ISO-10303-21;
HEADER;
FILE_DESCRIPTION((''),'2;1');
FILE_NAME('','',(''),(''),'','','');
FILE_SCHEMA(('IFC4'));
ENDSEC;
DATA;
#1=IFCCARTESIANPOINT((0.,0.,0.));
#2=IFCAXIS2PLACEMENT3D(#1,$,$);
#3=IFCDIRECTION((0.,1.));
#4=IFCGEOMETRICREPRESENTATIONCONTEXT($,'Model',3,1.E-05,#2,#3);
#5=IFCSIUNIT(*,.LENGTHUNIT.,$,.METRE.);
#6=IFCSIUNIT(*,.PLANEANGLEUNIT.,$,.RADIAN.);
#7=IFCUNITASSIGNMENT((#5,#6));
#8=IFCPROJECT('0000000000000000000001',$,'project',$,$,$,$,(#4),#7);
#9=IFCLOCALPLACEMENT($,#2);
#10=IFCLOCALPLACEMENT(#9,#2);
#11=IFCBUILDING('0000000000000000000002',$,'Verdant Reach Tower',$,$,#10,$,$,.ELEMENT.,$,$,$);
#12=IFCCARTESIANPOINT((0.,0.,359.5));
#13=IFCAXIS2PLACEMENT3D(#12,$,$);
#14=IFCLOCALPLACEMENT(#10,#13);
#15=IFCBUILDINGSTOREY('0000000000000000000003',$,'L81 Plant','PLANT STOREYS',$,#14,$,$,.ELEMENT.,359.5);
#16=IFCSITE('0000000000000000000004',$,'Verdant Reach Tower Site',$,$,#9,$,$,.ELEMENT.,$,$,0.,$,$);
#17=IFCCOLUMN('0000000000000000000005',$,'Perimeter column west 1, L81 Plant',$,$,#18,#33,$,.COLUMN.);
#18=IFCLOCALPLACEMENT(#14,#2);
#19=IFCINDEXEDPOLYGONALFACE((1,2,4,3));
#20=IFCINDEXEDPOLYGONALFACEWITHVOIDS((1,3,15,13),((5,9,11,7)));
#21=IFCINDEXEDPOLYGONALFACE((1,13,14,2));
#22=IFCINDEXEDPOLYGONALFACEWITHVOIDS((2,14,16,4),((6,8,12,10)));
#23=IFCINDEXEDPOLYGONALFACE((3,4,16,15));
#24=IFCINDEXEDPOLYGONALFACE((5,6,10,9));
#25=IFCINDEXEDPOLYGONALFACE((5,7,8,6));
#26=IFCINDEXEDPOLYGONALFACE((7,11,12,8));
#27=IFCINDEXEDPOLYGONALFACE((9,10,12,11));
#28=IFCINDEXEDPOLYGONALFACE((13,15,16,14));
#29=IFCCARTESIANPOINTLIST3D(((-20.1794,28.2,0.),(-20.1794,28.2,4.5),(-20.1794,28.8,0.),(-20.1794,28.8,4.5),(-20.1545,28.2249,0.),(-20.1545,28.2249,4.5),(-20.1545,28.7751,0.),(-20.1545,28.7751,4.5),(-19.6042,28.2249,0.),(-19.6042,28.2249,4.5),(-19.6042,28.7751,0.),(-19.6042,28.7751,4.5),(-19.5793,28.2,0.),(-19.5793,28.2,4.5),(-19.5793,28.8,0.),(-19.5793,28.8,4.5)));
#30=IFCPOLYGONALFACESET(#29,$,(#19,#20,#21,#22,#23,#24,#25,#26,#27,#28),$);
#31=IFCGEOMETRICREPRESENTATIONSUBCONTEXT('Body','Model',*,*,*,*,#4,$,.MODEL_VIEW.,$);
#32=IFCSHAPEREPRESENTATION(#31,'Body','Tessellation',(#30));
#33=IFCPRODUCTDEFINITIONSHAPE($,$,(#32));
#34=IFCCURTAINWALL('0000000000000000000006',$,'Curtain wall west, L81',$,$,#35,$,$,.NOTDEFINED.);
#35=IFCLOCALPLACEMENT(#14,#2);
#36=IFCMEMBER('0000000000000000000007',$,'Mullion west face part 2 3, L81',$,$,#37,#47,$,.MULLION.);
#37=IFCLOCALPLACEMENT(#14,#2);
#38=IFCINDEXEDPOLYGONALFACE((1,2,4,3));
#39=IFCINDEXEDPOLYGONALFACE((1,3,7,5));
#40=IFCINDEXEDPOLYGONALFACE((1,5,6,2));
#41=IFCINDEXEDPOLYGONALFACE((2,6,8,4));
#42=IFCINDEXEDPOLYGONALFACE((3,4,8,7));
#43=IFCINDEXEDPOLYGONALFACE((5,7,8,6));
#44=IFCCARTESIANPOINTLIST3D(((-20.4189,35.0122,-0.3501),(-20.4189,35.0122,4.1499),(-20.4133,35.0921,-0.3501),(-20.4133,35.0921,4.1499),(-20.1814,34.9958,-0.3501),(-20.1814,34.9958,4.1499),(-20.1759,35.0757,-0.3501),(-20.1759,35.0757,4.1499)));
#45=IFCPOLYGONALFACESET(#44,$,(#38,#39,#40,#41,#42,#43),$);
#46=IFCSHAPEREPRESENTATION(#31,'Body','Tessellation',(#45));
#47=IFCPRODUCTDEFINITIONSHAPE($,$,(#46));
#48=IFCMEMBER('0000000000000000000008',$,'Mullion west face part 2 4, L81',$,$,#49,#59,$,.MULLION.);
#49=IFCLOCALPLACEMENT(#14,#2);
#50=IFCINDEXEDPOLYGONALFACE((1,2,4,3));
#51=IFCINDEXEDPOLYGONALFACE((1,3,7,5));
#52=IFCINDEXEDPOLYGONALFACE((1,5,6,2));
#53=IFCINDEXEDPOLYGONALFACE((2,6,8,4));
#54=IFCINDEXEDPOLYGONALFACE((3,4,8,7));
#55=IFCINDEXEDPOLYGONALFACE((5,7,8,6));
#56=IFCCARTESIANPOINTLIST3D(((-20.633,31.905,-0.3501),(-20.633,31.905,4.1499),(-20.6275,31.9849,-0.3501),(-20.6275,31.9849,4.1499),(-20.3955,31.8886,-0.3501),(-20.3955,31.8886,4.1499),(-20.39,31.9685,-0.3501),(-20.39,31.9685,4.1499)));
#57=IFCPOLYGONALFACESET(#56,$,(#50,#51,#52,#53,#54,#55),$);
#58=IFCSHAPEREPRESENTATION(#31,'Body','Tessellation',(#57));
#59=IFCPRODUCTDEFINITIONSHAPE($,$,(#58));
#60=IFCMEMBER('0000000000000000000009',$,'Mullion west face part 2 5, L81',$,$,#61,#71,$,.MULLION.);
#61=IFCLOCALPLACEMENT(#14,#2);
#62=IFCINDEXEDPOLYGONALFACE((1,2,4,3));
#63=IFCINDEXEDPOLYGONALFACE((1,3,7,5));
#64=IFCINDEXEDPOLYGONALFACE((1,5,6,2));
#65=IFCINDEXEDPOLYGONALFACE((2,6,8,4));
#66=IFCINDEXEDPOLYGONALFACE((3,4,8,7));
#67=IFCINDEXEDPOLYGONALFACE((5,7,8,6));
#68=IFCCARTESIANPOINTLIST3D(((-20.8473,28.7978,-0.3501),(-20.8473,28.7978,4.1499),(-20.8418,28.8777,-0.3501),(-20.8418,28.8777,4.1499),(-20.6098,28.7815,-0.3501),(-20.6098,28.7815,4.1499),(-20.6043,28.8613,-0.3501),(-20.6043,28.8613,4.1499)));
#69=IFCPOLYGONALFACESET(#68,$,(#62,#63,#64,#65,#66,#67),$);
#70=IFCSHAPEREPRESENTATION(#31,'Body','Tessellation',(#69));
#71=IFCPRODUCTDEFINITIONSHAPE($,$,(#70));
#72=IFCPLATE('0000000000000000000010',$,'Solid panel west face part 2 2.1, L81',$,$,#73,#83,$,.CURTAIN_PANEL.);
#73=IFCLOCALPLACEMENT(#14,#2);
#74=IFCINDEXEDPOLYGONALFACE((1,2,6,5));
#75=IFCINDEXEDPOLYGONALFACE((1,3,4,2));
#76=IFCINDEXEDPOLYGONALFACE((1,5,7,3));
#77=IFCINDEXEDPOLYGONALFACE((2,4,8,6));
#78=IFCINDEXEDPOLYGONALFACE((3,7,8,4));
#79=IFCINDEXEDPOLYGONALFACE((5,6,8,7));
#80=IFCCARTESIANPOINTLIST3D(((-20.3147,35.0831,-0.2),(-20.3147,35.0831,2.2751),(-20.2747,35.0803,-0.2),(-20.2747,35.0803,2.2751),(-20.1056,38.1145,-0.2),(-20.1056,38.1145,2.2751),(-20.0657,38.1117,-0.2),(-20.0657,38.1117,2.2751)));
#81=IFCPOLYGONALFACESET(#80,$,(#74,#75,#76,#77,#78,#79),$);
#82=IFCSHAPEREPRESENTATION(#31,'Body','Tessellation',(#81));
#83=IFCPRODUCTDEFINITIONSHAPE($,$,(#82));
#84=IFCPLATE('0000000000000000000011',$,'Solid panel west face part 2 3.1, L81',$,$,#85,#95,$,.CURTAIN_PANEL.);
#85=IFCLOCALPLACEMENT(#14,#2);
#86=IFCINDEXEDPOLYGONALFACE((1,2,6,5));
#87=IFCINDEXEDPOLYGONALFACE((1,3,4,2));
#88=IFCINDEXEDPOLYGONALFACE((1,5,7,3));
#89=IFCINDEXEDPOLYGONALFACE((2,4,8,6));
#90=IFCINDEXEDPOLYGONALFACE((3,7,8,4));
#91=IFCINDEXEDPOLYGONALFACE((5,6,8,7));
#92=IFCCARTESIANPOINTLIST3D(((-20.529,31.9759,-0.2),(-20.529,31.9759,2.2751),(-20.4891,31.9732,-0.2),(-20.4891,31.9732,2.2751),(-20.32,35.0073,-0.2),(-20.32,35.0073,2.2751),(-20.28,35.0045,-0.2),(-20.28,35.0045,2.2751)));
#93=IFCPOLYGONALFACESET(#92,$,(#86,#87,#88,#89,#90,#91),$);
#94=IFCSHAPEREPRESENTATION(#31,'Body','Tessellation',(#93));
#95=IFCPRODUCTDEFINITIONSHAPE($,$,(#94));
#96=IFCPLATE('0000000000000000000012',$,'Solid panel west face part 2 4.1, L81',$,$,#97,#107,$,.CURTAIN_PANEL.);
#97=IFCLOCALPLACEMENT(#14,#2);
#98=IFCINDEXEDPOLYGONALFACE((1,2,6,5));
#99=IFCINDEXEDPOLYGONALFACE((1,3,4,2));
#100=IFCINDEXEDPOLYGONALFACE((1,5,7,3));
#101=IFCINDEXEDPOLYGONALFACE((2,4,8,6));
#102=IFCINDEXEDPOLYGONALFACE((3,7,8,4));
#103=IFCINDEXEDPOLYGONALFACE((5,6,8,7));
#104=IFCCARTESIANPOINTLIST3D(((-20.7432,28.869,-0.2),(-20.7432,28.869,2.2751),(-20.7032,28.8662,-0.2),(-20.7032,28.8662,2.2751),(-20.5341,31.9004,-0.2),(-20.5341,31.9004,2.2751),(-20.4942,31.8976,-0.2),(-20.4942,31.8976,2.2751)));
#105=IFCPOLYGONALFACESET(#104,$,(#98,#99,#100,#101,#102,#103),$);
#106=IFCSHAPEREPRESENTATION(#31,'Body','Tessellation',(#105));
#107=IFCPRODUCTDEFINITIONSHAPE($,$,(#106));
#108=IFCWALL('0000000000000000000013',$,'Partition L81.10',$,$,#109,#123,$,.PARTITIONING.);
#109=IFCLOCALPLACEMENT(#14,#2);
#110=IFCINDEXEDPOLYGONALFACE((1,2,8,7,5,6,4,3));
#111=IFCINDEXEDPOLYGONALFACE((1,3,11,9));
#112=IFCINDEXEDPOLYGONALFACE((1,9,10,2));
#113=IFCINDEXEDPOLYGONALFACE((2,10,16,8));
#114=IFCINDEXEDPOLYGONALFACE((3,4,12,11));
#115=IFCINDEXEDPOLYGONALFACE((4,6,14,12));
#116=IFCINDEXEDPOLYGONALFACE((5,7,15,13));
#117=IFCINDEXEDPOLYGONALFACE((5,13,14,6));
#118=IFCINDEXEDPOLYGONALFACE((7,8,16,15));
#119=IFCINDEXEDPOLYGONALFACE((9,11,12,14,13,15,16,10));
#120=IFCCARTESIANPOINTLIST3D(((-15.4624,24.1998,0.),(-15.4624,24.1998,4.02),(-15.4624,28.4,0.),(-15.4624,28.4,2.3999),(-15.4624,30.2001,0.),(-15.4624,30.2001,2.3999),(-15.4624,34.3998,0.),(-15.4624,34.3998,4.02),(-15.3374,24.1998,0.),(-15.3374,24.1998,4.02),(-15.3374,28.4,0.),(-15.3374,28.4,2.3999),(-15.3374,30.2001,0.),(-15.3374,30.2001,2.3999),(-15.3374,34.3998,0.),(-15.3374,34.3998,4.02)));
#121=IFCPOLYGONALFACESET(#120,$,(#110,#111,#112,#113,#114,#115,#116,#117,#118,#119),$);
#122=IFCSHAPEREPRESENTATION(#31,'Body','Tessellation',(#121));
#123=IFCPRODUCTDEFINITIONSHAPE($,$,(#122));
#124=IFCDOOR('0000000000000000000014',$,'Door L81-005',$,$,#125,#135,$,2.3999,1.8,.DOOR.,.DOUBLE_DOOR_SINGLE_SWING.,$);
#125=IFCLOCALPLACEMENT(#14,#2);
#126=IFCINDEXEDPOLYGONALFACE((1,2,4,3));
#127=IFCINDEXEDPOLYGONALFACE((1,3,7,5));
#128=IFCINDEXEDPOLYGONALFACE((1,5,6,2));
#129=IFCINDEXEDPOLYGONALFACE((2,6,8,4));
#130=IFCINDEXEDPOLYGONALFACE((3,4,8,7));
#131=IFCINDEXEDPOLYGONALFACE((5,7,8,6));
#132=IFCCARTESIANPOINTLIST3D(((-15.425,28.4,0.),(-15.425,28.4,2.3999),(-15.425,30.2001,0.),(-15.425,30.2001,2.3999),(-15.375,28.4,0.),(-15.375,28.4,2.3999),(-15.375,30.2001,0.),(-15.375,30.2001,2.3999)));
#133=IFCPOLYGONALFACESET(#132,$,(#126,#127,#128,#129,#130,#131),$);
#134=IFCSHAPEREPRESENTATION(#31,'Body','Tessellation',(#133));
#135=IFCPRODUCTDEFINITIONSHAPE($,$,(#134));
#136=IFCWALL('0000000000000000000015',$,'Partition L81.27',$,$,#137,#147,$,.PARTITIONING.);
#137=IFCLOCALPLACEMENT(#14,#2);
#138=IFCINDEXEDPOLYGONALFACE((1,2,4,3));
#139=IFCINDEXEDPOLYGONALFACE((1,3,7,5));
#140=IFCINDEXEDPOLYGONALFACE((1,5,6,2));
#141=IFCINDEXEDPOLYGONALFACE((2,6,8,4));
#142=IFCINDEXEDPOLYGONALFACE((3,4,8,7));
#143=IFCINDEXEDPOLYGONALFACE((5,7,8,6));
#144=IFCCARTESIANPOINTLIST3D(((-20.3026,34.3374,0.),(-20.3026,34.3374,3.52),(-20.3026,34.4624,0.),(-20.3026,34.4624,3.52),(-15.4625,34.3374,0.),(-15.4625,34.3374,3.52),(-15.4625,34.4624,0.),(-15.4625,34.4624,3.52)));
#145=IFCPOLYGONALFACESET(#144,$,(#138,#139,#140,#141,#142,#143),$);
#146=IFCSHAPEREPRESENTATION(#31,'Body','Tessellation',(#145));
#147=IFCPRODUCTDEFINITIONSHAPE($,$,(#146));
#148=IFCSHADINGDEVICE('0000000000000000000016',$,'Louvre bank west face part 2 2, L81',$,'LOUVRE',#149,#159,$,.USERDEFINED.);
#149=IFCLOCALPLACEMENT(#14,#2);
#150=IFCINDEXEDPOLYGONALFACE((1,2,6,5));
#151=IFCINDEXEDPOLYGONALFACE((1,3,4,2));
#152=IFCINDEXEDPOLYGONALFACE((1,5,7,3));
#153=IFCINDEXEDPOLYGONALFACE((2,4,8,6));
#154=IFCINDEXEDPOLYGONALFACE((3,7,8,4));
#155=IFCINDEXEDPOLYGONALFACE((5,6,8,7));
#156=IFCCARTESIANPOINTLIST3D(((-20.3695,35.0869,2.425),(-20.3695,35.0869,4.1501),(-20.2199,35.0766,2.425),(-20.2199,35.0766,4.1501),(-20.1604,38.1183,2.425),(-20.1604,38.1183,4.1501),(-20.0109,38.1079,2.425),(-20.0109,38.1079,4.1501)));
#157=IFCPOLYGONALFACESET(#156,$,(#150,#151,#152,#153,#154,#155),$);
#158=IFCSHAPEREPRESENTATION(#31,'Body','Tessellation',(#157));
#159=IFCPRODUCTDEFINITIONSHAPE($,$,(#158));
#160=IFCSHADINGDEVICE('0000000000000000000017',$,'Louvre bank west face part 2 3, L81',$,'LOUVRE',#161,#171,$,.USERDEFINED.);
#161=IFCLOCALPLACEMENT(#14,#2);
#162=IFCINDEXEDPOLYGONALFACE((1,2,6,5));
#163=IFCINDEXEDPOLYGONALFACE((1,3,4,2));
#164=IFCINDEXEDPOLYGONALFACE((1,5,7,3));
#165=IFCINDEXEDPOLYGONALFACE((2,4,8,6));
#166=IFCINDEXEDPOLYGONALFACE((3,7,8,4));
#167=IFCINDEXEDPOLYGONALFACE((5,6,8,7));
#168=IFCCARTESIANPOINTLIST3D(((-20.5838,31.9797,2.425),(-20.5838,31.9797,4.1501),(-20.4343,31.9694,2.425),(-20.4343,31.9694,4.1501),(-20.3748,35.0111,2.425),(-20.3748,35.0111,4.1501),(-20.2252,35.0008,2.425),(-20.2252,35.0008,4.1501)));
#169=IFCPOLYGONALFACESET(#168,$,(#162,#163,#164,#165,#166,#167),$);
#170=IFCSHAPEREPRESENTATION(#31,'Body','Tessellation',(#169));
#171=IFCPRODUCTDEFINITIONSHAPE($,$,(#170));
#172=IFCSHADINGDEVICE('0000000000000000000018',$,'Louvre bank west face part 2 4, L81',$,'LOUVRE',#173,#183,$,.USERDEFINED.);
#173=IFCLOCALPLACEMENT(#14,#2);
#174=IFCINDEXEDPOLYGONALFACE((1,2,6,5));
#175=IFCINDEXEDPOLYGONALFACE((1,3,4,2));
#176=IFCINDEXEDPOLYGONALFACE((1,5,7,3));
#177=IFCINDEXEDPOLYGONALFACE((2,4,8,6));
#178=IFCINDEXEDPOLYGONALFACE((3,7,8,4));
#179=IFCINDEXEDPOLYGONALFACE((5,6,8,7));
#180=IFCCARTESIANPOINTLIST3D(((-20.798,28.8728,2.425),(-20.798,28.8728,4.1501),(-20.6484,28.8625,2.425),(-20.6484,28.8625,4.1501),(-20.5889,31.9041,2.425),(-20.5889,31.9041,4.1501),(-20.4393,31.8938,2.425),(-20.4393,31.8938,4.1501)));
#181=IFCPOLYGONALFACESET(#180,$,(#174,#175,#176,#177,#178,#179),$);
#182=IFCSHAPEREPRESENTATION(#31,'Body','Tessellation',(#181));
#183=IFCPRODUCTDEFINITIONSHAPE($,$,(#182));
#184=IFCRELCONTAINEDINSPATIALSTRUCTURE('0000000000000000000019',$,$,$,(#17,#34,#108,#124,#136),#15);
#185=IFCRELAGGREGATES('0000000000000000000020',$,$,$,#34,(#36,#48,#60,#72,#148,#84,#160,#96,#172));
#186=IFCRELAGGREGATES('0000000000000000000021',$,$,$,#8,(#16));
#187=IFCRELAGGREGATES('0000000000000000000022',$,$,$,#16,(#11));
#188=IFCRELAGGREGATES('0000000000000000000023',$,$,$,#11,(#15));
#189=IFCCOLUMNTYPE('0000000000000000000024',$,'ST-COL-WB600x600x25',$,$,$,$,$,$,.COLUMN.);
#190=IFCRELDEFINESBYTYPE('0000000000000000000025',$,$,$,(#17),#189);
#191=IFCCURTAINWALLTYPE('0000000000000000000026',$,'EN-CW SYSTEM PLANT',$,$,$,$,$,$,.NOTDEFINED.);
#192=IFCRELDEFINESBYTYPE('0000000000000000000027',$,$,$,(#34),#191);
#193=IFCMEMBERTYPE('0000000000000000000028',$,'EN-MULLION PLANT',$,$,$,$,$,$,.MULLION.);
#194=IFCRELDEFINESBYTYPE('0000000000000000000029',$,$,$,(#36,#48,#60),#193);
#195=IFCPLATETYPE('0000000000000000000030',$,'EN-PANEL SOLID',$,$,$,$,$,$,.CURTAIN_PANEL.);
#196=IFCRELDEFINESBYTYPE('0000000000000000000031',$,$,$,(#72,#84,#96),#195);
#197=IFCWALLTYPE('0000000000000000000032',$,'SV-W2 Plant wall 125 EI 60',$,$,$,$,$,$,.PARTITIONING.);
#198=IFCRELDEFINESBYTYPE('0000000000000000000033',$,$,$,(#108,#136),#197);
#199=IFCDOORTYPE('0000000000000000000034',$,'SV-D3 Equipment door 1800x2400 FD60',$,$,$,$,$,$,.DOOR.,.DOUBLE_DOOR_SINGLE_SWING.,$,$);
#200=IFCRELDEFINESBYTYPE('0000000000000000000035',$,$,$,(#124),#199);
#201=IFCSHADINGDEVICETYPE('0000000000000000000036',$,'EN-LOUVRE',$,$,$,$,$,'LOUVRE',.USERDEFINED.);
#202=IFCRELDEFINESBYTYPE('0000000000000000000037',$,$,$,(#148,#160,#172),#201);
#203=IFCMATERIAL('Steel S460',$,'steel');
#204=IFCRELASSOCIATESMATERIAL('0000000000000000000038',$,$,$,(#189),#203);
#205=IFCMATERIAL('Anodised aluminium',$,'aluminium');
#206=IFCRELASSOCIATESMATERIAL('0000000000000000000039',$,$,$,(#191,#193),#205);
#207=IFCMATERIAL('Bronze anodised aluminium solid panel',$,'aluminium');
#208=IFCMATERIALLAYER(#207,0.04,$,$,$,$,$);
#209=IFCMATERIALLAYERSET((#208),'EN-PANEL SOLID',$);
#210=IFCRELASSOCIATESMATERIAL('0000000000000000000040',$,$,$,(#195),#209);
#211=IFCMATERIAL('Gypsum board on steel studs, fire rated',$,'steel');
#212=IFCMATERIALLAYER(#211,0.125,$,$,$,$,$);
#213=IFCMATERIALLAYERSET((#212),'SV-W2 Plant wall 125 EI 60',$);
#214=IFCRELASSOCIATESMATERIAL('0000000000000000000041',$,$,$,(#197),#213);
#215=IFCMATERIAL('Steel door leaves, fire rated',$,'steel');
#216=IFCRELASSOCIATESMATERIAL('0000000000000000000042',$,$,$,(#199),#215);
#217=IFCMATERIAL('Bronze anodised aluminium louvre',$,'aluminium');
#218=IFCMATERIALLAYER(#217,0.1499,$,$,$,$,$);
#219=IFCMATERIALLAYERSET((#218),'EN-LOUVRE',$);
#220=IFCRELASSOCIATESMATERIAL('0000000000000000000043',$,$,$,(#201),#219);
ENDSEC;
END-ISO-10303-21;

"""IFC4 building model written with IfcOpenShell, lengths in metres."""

from ifc_helpers import new_model, si_unit, direction, frame, frame_2d, origin, origin_2d, place, context, subcontext, project, spatial, rectangle, hollow_rectangle, extrude, material, layer, layer_set, material_profile, profile_set, type_object, element, fill, aggregate, save


model = new_model("IFC4")

# Units and contexts
model_context = context("Model", 3, precision=1e-05, world=origin(), true_north=direction((0.0, 1.0)))
body_context = subcontext(model_context, "Body", "Model", "MODEL_VIEW")
ifc_project = project(units=[si_unit("LENGTHUNIT", "METRE"), si_unit("PLANEANGLEUNIT", "RADIAN")], contexts=[model_context])

# Site, building, storey
site_placement = place(None, origin())
site = spatial("IfcSite", under=ifc_project, at=site_placement, Name="Verdant Reach Tower Site", CompositionType="ELEMENT", RefElevation=0.0)
building_placement = place(site_placement, origin())
building = spatial("IfcBuilding", under=site, at=building_placement, Name="Verdant Reach Tower", CompositionType="ELEMENT")
storey_placement = place(building_placement, frame((0.0, 0.0, 359.5)))
storey = spatial("IfcBuildingStorey", under=building, at=storey_placement, Name="L81 Plant", Description="PLANT STOREYS", CompositionType="ELEMENT", Elevation=359.5)

# Column
ifc_material_1 = material(Name="Steel S460", Category="steel")
ifc_material_profile_1 = material_profile(ifc_material_1, hollow_rectangle(XDim=0.6001, YDim=0.6001, WallThickness=0.0249, at=origin_2d()), Name="WB 600x600x25")
ifc_profile_set_1 = profile_set([ifc_material_profile_1], Name="Steel S460")
column_type = type_object("IfcColumnType", Name="ST-COL-WB600x600x25", PredefinedType="COLUMN", material=ifc_profile_set_1)
column_placement = place(storey_placement, frame((-19.8794, 28.5, 0.0), z_axis=(0.0, 0.0, 1.0), x_axis=(1.0, 0.0, 0.0)))
element("IfcColumn", 1, at=column_placement, inside=storey, type_object=column_type, Name="Perimeter column west 1, L81 Plant", PredefinedType="COLUMN", context=body_context, shape_type="SweptSolid", body=[
    extrude(hollow_rectangle(XDim=0.6001, YDim=0.6001, WallThickness=0.0249, at=origin_2d()), origin(), (0.0, 0.0, 1.0), 4.5),
])

# Curtain wall, members, plates
ifc_material_2 = material(Name="Anodised aluminium", Category="aluminium")
curtain_wall_type = type_object("IfcCurtainWallType", Name="EN-CW SYSTEM PLANT", PredefinedType="NOTDEFINED", material=ifc_material_2)
curtain_wall_placement = place(storey_placement, origin())
curtain_wall = element("IfcCurtainWall", 2, at=curtain_wall_placement, inside=storey, type_object=curtain_wall_type, Name="Curtain wall west, L81", PredefinedType="NOTDEFINED")
ifc_material_profile_2 = material_profile(ifc_material_2, rectangle(XDim=0.238, YDim=0.0801, at=origin_2d()), Name="Mullion 80x240")
ifc_profile_set_2 = profile_set([ifc_material_profile_2], Name="Anodised aluminium")
member_type = type_object("IfcMemberType", Name="EN-MULLION PLANT", PredefinedType="MULLION", material=ifc_profile_set_2)
member_1_placement = place(storey_placement, frame((-20.2974, 35.0439, -0.3501), z_axis=(0.0, 0.0, 1.0), x_axis=(-0.99763, 0.068802, 0.0)))
member_1 = element("IfcMember", 3, at=member_1_placement, type_object=member_type, Name="Mullion west face part 2 3, L81", PredefinedType="MULLION", context=body_context, shape_type="SweptSolid", body=[
    extrude(rectangle(XDim=0.238, YDim=0.0801, at=origin_2d()), origin(), (0.0, 0.0, 1.0), 4.5),
])
member_2_placement = place(storey_placement, frame((-20.5115, 31.9368, -0.3501), z_axis=(0.0, 0.0, 1.0), x_axis=(-0.99763, 0.068802, 0.0)))
member_2 = element("IfcMember", 4, at=member_2_placement, type_object=member_type, Name="Mullion west face part 2 4, L81", PredefinedType="MULLION", context=body_context, shape_type="SweptSolid", body=[
    extrude(rectangle(XDim=0.238, YDim=0.0801, at=origin_2d()), origin(), (0.0, 0.0, 1.0), 4.5),
])
member_3_placement = place(storey_placement, frame((-20.7258, 28.8296, -0.3501), z_axis=(0.0, 0.0, 1.0), x_axis=(-0.99763, 0.068802, 0.0)))
member_3 = element("IfcMember", 5, at=member_3_placement, type_object=member_type, Name="Mullion west face part 2 5, L81", PredefinedType="MULLION", context=body_context, shape_type="SweptSolid", body=[
    extrude(rectangle(XDim=0.238, YDim=0.0801, at=origin_2d()), origin(), (0.0, 0.0, 1.0), 4.5),
])
ifc_material_3 = material(Name="Bronze anodised aluminium solid panel", Category="aluminium")
ifc_layer_1 = layer(ifc_material_3, 0.04)
ifc_layer_set_1 = layer_set([ifc_layer_1], Name="EN-PANEL SOLID")
plate_type = type_object("IfcPlateType", Name="EN-PANEL SOLID", PredefinedType="CURTAIN_PANEL", material=ifc_layer_set_1)
plate_1_placement = place(storey_placement, frame((-20.1902, 36.5974, -0.2), z_axis=(0.0, 0.0, 1.0), x_axis=(-0.068802, -0.99763, 0.0)))
plate_1 = element("IfcPlate", 6, at=plate_1_placement, type_object=plate_type, Name="Solid panel west face part 2 2.1, L81", PredefinedType="CURTAIN_PANEL", context=body_context, shape_type="SweptSolid", body=[
    extrude(rectangle(XDim=3.0386, YDim=0.04, at=origin_2d()), origin(), (0.0, 0.0, 1.0), 2.4751),
])
plate_2_placement = place(storey_placement, frame((-20.4045, 33.4902, -0.2), z_axis=(0.0, 0.0, 1.0), x_axis=(-0.068802, -0.99763, 0.0)))
plate_2 = element("IfcPlate", 7, at=plate_2_placement, type_object=plate_type, Name="Solid panel west face part 2 3.1, L81", PredefinedType="CURTAIN_PANEL", context=body_context, shape_type="SweptSolid", body=[
    extrude(rectangle(XDim=3.0386, YDim=0.04, at=origin_2d()), origin(), (0.0, 0.0, 1.0), 2.4751),
])
plate_3_placement = place(storey_placement, frame((-20.6187, 30.3833, -0.2), z_axis=(0.0, 0.0, 1.0), x_axis=(-0.068802, -0.99763, 0.0)))
plate_3 = element("IfcPlate", 8, at=plate_3_placement, type_object=plate_type, Name="Solid panel west face part 2 4.1, L81", PredefinedType="CURTAIN_PANEL", context=body_context, shape_type="SweptSolid", body=[
    extrude(rectangle(XDim=3.0386, YDim=0.04, at=origin_2d()), origin(), (0.0, 0.0, 1.0), 2.4751),
])

# Wall, opening, door
ifc_material_4 = material(Name="Gypsum board on steel studs, fire rated", Category="steel")
ifc_layer_2 = layer(ifc_material_4, 0.125)
ifc_layer_set_2 = layer_set([ifc_layer_2], Name="SV-W2 Plant wall 125 EI 60")
wall_type = type_object("IfcWallType", Name="SV-W2 Plant wall 125 EI 60", PredefinedType="PARTITIONING", material=ifc_layer_set_2)
wall_1_placement = place(storey_placement, frame((-15.3999, 34.3999, 0.0), z_axis=(0.0, 0.0, 1.0), x_axis=(0.0, -1.0, 0.0)))
wall_1 = element("IfcWall", 9, at=wall_1_placement, inside=storey, type_object=wall_type, Name="Partition L81.10", PredefinedType="PARTITIONING", context=body_context, shape_type="SweptSolid", body=[
    extrude(rectangle(XDim=10.2, YDim=0.125, at=frame_2d((5.1001, 0.0))), origin(), (0.0, 0.0, 1.0), 4.02),
])
opening_placement = place(wall_1_placement, frame((4.2, 0.0, 0.0)))
opening = element("IfcOpeningElement", 10, at=opening_placement, cuts=wall_1, PredefinedType="OPENING", context=body_context, shape_type="SweptSolid", body=[
    extrude(rectangle(XDim=1.8, YDim=2.3999, at=frame_2d((0.8999, 1.2))), frame((0.0, 0.0725, 0.0), z_axis=(0.0, -1.0, 0.0), x_axis=(1.0, 0.0, 0.0)), (0.0, 0.0, 1.0), 0.145),
])
ifc_material_5 = material(Name="Steel door leaves, fire rated", Category="steel")
door_type = type_object("IfcDoorType", Name="SV-D3 Equipment door 1800x2400 FD60", OperationType="DOUBLE_DOOR_SINGLE_SWING", PredefinedType="DOOR", material=ifc_material_5)
door_placement = place(opening_placement, origin())
door = element("IfcDoor", 11, at=door_placement, inside=storey, type_object=door_type, Name="Door L81-005", OperationType="DOUBLE_DOOR_SINGLE_SWING", OverallHeight=2.3999, OverallWidth=1.8, PredefinedType="DOOR", context=body_context, shape_type="SweptSolid", body=[
    extrude(rectangle(XDim=1.8, YDim=2.3999, at=frame_2d((0.8999, 1.2))), frame((0.0, 0.0249, 0.0), z_axis=(0.0, -1.0, 0.0), x_axis=(1.0, 0.0, 0.0)), (0.0, 0.0, 1.0), 0.05),
])
fill(opening, door)

# Wall
wall_2_placement = place(storey_placement, frame((-20.3025, 34.3999, 0.0), z_axis=(0.0, 0.0, 1.0), x_axis=(1.0, 0.0, 0.0)))
element("IfcWall", 12, at=wall_2_placement, inside=storey, type_object=wall_type, Name="Partition L81.27", PredefinedType="PARTITIONING", context=body_context, shape_type="SweptSolid", body=[
    extrude(rectangle(XDim=4.8401, YDim=0.125, at=frame_2d((2.4199, 0.0))), origin(), (0.0, 0.0, 1.0), 3.52),
])

# Shading devices
ifc_material_6 = material(Name="Bronze anodised aluminium louvre", Category="aluminium")
ifc_layer_3 = layer(ifc_material_6, 0.1499)
ifc_layer_set_3 = layer_set([ifc_layer_3], Name="EN-LOUVRE")
shading_device_type = type_object("IfcShadingDeviceType", Name="EN-LOUVRE", ElementType="LOUVRE", PredefinedType="USERDEFINED", material=ifc_layer_set_3)
shading_device_1_placement = place(storey_placement, frame((-20.1902, 36.5974, 2.425), z_axis=(0.0, 0.0, 1.0), x_axis=(-0.068802, -0.99763, 0.0)))
shading_device_1 = element("IfcShadingDevice", 13, at=shading_device_1_placement, type_object=shading_device_type, Name="Louvre bank west face part 2 2, L81", ObjectType="LOUVRE", PredefinedType="USERDEFINED", context=body_context, shape_type="SweptSolid", body=[
    extrude(rectangle(XDim=3.0386, YDim=0.1499, at=origin_2d()), origin(), (0.0, 0.0, 1.0), 1.7251),
])
shading_device_2_placement = place(storey_placement, frame((-20.4045, 33.4902, 2.425), z_axis=(0.0, 0.0, 1.0), x_axis=(-0.068802, -0.99763, 0.0)))
shading_device_2 = element("IfcShadingDevice", 14, at=shading_device_2_placement, type_object=shading_device_type, Name="Louvre bank west face part 2 3, L81", ObjectType="LOUVRE", PredefinedType="USERDEFINED", context=body_context, shape_type="SweptSolid", body=[
    extrude(rectangle(XDim=3.0386, YDim=0.1499, at=origin_2d()), origin(), (0.0, 0.0, 1.0), 1.7251),
])
shading_device_3_placement = place(storey_placement, frame((-20.6187, 30.3833, 2.425), z_axis=(0.0, 0.0, 1.0), x_axis=(-0.068802, -0.99763, 0.0)))
shading_device_3 = element("IfcShadingDevice", 15, at=shading_device_3_placement, type_object=shading_device_type, Name="Louvre bank west face part 2 4, L81", ObjectType="LOUVRE", PredefinedType="USERDEFINED", context=body_context, shape_type="SweptSolid", body=[
    extrude(rectangle(XDim=3.0386, YDim=0.1499, at=origin_2d()), origin(), (0.0, 0.0, 1.0), 1.7251),
])
aggregate(curtain_wall, [member_1, member_2, member_3, plate_1, shading_device_1, plate_2, shading_device_2, plate_3, shading_device_3])

save(model, "model.ifc")
